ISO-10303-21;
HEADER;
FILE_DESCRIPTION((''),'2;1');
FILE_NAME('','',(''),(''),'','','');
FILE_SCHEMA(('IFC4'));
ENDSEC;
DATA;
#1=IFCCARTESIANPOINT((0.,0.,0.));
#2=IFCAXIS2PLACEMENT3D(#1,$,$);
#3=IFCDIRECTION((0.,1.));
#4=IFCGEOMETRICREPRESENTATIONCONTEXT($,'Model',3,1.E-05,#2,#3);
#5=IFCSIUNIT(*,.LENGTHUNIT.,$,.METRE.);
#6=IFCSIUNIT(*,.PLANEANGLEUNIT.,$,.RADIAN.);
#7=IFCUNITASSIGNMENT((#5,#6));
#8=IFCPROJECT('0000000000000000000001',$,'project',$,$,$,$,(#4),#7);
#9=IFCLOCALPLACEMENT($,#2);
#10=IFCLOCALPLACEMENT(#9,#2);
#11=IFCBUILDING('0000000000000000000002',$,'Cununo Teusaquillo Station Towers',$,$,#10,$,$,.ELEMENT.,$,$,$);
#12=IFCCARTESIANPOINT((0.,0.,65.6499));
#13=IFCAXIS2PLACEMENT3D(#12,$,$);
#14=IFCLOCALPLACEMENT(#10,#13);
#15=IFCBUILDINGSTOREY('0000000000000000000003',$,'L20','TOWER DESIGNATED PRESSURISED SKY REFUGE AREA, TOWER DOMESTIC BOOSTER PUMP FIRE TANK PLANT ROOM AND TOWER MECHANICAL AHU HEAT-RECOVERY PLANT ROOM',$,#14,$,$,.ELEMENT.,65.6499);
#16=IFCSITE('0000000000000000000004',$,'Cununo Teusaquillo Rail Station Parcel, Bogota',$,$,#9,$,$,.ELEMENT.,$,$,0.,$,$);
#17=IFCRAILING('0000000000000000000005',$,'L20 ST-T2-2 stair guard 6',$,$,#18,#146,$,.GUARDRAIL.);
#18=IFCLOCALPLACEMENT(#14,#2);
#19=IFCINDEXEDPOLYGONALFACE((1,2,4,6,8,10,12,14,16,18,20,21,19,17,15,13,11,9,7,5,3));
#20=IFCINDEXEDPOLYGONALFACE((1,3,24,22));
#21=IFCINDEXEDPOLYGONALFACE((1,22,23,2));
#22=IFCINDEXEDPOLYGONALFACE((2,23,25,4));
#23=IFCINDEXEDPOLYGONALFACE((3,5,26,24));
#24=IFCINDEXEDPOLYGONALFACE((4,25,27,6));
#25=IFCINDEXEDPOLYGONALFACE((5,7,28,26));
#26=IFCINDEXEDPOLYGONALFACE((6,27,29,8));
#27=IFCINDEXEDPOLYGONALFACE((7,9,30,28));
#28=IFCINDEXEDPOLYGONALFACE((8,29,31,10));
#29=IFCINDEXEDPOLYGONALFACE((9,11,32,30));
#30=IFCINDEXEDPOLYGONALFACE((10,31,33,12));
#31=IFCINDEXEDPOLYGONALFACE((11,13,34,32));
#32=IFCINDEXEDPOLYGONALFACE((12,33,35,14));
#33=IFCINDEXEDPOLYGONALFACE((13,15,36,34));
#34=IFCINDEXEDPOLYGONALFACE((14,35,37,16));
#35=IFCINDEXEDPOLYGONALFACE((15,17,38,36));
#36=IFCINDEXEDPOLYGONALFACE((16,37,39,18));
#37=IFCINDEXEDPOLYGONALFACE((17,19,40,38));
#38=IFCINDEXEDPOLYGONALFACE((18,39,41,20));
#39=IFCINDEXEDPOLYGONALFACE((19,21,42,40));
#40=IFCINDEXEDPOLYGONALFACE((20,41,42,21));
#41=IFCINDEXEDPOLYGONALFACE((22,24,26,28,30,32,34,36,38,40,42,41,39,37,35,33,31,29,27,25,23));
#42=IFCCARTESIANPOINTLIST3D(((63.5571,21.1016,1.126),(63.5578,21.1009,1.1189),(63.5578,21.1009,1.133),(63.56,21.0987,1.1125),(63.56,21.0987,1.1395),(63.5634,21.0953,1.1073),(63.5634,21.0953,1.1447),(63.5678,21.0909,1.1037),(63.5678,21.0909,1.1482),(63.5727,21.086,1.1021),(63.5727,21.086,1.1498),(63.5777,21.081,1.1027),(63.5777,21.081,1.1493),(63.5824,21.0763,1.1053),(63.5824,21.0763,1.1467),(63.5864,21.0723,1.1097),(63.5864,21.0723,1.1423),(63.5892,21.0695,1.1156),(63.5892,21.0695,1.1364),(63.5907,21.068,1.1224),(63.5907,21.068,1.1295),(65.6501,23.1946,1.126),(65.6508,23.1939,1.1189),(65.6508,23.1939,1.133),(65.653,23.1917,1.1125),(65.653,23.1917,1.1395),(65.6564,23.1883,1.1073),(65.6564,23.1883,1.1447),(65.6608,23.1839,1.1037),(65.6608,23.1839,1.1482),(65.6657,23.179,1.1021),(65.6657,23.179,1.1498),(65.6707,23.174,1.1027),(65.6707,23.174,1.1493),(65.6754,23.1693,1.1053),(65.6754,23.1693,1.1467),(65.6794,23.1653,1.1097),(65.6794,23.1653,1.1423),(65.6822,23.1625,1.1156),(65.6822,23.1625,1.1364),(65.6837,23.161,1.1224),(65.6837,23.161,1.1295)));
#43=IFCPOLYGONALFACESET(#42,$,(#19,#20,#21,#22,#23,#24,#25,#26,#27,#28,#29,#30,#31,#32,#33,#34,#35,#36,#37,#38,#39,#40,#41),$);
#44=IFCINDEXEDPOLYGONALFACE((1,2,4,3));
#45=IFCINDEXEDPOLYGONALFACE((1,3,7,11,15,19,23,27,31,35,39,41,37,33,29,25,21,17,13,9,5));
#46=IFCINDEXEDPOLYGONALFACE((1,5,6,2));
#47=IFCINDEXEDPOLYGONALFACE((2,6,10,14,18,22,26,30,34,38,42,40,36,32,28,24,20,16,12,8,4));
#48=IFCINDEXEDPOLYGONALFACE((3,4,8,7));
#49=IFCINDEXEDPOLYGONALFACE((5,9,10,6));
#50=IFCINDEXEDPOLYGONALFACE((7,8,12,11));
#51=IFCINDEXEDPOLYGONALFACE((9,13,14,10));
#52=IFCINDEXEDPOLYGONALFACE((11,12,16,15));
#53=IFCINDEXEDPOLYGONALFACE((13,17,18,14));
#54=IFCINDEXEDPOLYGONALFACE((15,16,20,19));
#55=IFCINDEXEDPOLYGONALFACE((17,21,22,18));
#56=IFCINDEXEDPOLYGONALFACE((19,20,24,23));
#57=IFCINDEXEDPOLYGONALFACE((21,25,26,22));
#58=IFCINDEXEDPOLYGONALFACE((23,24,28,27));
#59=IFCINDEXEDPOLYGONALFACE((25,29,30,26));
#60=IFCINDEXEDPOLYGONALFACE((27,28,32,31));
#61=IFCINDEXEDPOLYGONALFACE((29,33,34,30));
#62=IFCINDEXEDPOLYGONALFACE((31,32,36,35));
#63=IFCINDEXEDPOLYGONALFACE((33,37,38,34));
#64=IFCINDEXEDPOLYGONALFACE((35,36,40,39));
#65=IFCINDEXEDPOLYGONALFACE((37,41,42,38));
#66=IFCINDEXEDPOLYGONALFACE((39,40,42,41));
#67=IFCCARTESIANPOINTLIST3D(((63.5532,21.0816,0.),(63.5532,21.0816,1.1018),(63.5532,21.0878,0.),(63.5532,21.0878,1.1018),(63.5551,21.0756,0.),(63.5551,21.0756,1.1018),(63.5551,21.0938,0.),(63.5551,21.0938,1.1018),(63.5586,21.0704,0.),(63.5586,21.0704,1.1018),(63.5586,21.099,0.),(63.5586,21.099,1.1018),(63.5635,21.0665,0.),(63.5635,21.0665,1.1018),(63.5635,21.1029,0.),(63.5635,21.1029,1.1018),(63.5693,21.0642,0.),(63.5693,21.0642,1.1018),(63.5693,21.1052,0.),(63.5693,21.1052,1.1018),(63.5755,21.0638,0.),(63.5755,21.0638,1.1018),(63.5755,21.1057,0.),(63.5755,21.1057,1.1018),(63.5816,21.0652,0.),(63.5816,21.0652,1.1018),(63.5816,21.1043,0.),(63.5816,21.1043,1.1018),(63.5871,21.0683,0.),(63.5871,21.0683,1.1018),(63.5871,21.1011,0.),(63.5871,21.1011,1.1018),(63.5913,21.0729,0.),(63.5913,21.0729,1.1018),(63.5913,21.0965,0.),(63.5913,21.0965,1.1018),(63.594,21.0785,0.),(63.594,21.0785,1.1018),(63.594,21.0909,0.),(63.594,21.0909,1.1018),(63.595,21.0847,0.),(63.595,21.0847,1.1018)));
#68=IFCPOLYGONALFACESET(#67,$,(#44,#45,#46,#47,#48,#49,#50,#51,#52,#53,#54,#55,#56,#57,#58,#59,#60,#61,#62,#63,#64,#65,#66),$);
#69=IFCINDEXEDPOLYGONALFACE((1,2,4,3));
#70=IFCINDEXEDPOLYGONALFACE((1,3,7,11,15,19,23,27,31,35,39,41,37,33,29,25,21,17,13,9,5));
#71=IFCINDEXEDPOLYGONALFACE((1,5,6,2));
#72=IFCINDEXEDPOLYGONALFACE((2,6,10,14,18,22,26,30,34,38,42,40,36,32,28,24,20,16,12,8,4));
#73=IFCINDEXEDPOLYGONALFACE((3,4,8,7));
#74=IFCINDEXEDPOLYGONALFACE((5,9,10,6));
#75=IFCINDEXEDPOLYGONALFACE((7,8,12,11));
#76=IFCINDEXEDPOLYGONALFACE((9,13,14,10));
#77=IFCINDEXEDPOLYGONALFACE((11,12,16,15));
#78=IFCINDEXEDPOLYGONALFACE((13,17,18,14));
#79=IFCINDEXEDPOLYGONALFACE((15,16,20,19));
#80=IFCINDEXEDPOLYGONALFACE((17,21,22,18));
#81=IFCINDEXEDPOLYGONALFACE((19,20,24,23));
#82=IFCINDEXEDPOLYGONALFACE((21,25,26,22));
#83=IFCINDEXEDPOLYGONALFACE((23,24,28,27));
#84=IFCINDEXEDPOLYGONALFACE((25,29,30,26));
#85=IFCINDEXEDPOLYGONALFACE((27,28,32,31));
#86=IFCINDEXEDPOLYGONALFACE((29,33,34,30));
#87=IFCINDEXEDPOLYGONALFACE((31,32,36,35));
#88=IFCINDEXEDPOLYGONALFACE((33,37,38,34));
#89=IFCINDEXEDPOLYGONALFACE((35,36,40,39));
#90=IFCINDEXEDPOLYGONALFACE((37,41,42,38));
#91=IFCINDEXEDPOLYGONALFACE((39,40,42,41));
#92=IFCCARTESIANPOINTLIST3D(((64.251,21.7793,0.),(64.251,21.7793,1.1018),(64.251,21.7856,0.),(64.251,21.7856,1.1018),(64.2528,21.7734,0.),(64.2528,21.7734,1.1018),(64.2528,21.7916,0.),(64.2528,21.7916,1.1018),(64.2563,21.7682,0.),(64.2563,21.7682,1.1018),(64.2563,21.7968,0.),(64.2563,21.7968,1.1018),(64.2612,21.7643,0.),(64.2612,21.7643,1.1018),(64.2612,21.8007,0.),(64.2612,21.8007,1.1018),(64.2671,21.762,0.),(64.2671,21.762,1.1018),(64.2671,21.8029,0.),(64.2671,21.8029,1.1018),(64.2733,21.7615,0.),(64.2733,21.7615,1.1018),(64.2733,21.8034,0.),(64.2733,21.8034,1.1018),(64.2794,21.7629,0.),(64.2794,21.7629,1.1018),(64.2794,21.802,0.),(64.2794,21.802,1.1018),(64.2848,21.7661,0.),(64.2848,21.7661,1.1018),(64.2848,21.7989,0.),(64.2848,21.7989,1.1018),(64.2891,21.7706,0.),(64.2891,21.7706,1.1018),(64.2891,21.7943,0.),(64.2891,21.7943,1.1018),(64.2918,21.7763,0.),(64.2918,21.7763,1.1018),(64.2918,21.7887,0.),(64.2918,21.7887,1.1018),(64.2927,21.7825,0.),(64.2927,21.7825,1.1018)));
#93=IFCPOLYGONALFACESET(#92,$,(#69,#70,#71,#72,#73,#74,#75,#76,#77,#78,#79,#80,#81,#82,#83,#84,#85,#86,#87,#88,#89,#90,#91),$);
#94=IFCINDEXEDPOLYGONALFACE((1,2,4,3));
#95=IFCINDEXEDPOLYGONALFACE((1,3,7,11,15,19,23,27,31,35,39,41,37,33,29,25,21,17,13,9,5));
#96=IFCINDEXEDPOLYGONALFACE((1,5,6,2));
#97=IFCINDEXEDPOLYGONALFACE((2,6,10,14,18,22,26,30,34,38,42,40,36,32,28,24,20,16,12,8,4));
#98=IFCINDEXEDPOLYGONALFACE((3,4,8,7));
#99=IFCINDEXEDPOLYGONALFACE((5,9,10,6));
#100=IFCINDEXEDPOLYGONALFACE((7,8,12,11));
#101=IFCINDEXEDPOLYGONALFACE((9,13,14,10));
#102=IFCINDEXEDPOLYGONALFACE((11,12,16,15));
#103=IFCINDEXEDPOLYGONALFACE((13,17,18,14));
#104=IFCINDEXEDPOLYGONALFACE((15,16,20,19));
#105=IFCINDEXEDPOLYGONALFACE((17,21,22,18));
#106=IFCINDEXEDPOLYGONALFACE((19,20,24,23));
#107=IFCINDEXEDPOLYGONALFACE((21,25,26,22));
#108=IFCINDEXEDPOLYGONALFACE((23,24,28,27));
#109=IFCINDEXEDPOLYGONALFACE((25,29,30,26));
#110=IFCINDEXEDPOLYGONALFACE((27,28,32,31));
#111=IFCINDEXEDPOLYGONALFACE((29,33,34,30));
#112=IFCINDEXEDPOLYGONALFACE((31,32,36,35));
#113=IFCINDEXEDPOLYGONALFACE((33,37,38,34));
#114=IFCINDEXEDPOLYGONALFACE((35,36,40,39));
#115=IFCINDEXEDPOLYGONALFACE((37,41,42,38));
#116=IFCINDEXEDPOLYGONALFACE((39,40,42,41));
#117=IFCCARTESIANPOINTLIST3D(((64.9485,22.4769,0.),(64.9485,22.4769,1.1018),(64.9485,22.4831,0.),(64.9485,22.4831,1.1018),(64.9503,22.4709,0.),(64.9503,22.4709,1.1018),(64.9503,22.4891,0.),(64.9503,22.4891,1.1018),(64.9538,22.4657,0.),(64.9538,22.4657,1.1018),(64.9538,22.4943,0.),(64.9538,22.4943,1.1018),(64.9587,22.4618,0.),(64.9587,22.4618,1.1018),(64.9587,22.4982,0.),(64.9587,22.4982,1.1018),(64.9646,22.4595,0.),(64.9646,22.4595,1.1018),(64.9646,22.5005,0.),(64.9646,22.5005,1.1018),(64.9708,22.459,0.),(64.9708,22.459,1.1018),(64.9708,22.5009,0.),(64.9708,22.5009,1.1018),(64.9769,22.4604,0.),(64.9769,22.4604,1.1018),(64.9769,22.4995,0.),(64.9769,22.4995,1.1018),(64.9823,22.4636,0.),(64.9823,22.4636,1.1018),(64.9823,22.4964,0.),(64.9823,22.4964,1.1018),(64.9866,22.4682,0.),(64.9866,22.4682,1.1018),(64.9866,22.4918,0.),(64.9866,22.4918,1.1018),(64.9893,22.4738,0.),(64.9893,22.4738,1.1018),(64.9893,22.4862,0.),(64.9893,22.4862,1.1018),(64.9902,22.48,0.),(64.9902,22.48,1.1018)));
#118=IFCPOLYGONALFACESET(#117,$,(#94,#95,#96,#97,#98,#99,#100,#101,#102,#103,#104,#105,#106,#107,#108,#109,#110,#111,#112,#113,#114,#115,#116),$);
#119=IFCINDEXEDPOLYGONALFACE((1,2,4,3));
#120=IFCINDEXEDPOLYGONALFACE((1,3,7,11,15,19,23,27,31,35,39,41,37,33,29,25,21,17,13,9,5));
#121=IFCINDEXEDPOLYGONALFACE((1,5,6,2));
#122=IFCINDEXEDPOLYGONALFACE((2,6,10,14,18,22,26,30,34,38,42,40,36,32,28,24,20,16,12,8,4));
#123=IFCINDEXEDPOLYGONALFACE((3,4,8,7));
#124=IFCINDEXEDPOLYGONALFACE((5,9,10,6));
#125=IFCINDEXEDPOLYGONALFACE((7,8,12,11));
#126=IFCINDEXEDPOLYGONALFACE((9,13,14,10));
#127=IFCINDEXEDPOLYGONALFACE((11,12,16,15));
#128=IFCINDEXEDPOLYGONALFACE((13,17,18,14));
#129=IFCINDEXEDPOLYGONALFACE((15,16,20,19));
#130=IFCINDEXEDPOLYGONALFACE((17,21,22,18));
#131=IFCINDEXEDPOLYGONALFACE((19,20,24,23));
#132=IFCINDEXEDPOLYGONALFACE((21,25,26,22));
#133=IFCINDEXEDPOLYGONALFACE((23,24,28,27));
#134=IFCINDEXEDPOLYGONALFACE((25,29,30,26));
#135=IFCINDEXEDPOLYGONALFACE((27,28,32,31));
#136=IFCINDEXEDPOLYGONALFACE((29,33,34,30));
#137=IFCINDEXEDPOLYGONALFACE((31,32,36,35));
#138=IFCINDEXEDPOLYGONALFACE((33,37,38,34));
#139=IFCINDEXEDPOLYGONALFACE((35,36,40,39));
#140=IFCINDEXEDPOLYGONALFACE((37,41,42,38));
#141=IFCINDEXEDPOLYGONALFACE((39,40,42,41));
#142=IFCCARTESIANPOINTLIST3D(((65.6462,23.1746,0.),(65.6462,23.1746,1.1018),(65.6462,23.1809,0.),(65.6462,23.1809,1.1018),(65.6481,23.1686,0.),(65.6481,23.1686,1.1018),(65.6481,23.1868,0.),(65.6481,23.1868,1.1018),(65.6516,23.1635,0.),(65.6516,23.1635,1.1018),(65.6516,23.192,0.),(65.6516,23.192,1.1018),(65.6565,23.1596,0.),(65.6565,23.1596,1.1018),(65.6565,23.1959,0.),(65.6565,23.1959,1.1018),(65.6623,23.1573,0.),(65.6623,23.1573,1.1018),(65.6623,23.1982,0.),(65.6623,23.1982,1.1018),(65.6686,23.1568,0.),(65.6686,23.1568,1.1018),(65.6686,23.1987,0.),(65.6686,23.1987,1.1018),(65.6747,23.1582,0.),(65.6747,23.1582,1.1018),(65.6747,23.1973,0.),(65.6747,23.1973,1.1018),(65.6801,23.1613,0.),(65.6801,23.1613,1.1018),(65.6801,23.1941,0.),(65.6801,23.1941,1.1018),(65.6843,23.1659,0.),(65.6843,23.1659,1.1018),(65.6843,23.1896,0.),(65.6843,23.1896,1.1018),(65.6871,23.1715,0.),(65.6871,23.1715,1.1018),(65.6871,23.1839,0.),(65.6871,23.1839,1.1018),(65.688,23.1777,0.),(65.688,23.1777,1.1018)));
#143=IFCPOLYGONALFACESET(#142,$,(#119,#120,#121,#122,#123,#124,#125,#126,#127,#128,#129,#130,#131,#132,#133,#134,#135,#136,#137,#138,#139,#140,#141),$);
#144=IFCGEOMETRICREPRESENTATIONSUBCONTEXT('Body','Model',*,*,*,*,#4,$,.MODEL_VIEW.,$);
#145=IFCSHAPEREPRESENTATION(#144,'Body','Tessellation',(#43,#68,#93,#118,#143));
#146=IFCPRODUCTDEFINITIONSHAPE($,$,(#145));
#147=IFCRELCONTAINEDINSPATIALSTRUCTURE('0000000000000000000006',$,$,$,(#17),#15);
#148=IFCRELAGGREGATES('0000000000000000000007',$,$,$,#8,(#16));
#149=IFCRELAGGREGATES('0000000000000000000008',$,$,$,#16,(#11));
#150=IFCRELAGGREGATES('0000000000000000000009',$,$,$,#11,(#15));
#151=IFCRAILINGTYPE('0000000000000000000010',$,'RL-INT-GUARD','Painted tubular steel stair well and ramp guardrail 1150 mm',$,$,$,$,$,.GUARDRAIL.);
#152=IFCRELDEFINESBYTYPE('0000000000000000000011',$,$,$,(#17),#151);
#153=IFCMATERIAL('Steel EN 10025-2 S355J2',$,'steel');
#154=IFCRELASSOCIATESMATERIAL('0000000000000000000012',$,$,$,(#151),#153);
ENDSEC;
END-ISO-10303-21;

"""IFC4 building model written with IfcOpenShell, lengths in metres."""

from ifc_helpers import new_model, si_unit, direction, frame, origin, origin_2d, place, context, subcontext, project, spatial, circle, extrude, material, type_object, element, save


model = new_model("IFC4")

# Units and contexts
model_context = context("Model", 3, precision=1e-05, world=origin(), true_north=direction((0.0, 1.0)))
body_context = subcontext(model_context, "Body", "Model", "MODEL_VIEW")
ifc_project = project(units=[si_unit("LENGTHUNIT", "METRE"), si_unit("PLANEANGLEUNIT", "RADIAN")], contexts=[model_context])

# Site, building, storey
site_placement = place(None, origin())
site = spatial("IfcSite", under=ifc_project, at=site_placement, Name="Cununo Teusaquillo Rail Station Parcel, Bogota", CompositionType="ELEMENT", RefElevation=0.0)
building_placement = place(site_placement, origin())
building = spatial("IfcBuilding", under=site, at=building_placement, Name="Cununo Teusaquillo Station Towers", CompositionType="ELEMENT")
storey_placement = place(building_placement, frame((0.0, 0.0, 65.6499)))
storey = spatial("IfcBuildingStorey", under=building, at=storey_placement, Name="L20", Description="TOWER DESIGNATED PRESSURISED SKY REFUGE AREA, TOWER DOMESTIC BOOSTER PUMP FIRE TANK PLANT ROOM AND TOWER MECHANICAL AHU HEAT-RECOVERY PLANT ROOM", CompositionType="ELEMENT", Elevation=65.6499)

# Railing
ifc_material_1 = material(Name="Steel EN 10025-2 S355J2", Category="steel")
railing_type = type_object("IfcRailingType", Name="RL-INT-GUARD", Description="Painted tubular steel stair well and ramp guardrail 1150 mm", PredefinedType="GUARDRAIL", material=ifc_material_1)
railing_1_placement = place(storey_placement, frame((63.574, 21.0847, 0.0)))
element("IfcRailing", 1, at=railing_1_placement, inside=storey, type_object=railing_type, Name="L20 ST-T2-2 stair guard 6", PredefinedType="GUARDRAIL", context=body_context, shape_type="SweptSolid", body=[
    extrude(circle(Radius=0.0239, at=origin_2d()), frame((0.0, 0.0, 1.126), z_axis=(0.707107, 0.707107, 0.0), x_axis=(-0.707107, 0.707107, 0.0)), (0.0, 0.0, 1.0), 2.96),
    extrude(circle(Radius=0.021, at=origin_2d()), origin(), (0.0, 0.0, 1.0), 1.1018),
    extrude(circle(Radius=0.021, at=origin_2d()), frame((0.6978, 0.6978, 0.0)), (0.0, 0.0, 1.0), 1.1018),
    extrude(circle(Radius=0.021, at=origin_2d()), frame((1.3953, 1.3953, 0.0)), (0.0, 0.0, 1.0), 1.1018),
    extrude(circle(Radius=0.021, at=origin_2d()), frame((2.093, 2.093, 0.0)), (0.0, 0.0, 1.0), 1.1018),
])

save(model, "model.ifc")
